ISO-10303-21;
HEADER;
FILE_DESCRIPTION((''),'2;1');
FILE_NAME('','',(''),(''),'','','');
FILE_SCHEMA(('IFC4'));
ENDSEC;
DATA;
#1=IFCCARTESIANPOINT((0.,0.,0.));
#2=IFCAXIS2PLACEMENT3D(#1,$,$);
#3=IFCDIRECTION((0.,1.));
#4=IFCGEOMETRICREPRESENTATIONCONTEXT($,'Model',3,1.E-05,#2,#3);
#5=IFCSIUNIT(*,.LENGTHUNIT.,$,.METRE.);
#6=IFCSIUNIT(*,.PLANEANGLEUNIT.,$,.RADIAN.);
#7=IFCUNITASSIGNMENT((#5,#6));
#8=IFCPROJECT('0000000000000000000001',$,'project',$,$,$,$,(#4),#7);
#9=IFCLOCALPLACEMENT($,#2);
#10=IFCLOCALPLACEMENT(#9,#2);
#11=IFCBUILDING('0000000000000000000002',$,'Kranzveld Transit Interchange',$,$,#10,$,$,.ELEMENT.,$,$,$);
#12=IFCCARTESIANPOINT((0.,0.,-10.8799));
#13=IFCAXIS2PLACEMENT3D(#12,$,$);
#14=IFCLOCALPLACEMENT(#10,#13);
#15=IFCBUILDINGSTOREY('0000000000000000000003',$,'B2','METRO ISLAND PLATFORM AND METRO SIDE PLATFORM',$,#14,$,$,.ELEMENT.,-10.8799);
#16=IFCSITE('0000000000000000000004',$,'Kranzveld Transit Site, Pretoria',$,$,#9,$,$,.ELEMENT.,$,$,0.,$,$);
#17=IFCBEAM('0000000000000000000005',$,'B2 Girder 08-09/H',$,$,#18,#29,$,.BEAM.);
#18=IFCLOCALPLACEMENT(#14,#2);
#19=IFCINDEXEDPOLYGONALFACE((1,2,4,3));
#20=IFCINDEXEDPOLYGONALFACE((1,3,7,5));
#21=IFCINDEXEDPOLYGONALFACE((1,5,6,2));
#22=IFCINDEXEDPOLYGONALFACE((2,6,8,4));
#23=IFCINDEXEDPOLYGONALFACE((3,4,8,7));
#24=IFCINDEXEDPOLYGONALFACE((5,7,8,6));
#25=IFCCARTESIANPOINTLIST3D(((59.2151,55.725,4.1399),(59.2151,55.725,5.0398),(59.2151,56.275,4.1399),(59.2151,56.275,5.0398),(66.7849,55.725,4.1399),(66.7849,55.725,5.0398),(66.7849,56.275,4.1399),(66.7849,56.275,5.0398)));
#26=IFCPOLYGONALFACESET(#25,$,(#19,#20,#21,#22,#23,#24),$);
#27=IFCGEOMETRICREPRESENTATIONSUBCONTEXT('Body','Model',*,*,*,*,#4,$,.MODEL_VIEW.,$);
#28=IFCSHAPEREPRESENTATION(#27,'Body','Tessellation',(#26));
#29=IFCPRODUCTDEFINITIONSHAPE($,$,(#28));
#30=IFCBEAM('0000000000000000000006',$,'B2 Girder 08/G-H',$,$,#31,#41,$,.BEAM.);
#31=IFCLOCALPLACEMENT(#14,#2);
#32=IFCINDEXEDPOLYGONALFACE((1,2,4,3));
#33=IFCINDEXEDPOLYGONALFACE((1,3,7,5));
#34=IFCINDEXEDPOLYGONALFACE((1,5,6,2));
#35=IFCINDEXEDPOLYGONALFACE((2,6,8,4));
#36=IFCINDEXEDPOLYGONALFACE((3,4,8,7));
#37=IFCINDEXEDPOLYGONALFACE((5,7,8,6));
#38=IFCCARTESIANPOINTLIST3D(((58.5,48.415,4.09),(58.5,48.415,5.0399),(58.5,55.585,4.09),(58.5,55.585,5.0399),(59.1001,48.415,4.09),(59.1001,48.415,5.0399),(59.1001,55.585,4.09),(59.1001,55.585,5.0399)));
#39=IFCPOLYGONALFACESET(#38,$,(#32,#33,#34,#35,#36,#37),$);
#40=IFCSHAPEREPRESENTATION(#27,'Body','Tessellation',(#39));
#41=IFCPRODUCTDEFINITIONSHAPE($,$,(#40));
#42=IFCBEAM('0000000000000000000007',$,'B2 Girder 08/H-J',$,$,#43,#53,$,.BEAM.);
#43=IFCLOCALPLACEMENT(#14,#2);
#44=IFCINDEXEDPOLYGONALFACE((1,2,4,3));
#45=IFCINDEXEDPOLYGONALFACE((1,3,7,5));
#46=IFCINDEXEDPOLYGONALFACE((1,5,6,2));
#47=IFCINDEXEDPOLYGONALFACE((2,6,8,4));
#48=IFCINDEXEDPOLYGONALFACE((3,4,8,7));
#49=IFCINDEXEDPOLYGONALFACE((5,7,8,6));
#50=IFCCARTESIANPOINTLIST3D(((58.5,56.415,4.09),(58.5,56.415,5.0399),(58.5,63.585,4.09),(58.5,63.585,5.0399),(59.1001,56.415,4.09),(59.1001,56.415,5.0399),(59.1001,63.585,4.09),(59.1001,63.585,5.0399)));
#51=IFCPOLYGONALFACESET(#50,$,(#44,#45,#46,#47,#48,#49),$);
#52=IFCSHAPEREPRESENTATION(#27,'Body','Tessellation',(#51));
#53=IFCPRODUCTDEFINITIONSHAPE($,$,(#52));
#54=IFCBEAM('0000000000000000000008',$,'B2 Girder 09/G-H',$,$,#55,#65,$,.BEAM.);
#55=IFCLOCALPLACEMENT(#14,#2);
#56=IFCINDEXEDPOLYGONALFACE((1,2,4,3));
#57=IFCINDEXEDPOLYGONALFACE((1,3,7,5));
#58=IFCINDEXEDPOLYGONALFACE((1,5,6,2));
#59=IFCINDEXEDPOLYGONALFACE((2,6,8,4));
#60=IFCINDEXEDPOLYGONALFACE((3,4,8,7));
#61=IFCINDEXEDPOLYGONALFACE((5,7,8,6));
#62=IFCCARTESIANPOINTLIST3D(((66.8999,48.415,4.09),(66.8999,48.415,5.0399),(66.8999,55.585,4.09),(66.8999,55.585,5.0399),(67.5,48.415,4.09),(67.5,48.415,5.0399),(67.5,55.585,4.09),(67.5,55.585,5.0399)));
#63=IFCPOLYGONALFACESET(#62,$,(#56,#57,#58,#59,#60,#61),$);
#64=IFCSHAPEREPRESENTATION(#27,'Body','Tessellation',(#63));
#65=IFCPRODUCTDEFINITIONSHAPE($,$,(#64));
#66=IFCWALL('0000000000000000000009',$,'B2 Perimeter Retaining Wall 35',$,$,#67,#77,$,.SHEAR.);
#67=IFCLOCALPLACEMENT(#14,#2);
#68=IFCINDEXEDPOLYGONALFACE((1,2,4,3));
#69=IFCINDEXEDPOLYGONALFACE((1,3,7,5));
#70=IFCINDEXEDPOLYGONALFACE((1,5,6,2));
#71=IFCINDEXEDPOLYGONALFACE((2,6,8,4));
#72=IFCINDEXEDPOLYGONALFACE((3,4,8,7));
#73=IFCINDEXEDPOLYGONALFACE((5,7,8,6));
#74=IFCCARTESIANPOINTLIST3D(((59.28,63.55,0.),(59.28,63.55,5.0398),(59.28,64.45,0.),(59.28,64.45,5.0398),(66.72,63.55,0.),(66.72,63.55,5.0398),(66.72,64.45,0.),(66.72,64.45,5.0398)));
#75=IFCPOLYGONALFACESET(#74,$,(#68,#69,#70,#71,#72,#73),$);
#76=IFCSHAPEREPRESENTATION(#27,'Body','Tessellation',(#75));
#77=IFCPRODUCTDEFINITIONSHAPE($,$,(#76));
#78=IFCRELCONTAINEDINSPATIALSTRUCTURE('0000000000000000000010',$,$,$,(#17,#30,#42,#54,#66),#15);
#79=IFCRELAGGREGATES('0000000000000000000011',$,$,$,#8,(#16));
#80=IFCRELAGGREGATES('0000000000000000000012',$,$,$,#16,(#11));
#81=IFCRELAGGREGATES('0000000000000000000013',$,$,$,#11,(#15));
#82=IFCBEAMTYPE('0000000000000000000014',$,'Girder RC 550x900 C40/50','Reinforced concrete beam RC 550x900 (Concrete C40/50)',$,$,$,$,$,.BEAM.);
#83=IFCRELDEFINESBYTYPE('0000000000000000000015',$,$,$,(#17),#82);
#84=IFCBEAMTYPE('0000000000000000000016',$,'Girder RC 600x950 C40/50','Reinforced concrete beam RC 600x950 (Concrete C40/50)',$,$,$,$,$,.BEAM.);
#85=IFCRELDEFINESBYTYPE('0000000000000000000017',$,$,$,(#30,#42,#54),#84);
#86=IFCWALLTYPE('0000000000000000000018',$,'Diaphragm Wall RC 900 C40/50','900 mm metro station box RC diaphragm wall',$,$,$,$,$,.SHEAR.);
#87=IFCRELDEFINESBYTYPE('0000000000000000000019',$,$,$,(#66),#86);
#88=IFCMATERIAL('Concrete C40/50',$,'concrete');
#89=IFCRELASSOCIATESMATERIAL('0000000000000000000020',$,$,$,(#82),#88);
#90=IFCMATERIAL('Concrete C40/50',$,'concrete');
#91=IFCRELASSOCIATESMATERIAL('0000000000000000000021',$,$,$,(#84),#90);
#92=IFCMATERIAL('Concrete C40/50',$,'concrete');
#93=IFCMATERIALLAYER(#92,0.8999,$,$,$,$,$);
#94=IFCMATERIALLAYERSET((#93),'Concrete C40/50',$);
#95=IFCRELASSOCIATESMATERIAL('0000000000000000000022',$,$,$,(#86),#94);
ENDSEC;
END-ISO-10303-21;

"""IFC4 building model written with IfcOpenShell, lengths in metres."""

from ifc_helpers import new_model, si_unit, direction, frame, frame_2d, origin, origin_2d, place, context, subcontext, project, spatial, rectangle, extrude, material, layer, layer_set, material_profile, profile_set, type_object, element, save


model = new_model("IFC4")

# Units and contexts
model_context = context("Model", 3, precision=1e-05, world=origin(), true_north=direction((0.0, 1.0)))
body_context = subcontext(model_context, "Body", "Model", "MODEL_VIEW")
ifc_project = project(units=[si_unit("LENGTHUNIT", "METRE"), si_unit("PLANEANGLEUNIT", "RADIAN")], contexts=[model_context])

# Site, building, storey
site_placement = place(None, origin())
site = spatial("IfcSite", under=ifc_project, at=site_placement, Name="Kranzveld Transit Site, Pretoria", CompositionType="ELEMENT", RefElevation=0.0)
building_placement = place(site_placement, origin())
building = spatial("IfcBuilding", under=site, at=building_placement, Name="Kranzveld Transit Interchange", CompositionType="ELEMENT")
storey_placement = place(building_placement, frame((0.0, 0.0, -10.8799)))
storey = spatial("IfcBuildingStorey", under=building, at=storey_placement, Name="B2", Description="METRO ISLAND PLATFORM AND METRO SIDE PLATFORM", CompositionType="ELEMENT", Elevation=-10.8799)

# Beams
ifc_material_1 = material(Name="Concrete C40/50", Category="concrete")
ifc_material_profile_1 = material_profile(ifc_material_1, rectangle(XDim=0.55, YDim=0.8999, at=origin_2d()), Name="RC 550x900")
ifc_profile_set_1 = profile_set([ifc_material_profile_1], Name="Concrete C40/50")
beam_type_1 = type_object("IfcBeamType", Name="Girder RC 550x900 C40/50", Description="Reinforced concrete beam RC 550x900 (Concrete C40/50)", PredefinedType="BEAM", material=ifc_profile_set_1)
beam_placement = place(storey_placement, frame((59.2151, 56.0, 4.5898), z_axis=(1.0, 0.0, 0.0), x_axis=(0.0, 1.0, 0.0)))
element("IfcBeam", 1, at=beam_placement, inside=storey, type_object=beam_type_1, Name="B2 Girder 08-09/H", PredefinedType="BEAM", context=body_context, shape_type="SweptSolid", body=[
    extrude(rectangle(XDim=0.55, YDim=0.8999, at=origin_2d()), origin(), (0.0, 0.0, 1.0), 7.5698),
])
ifc_material_2 = material(Name="Concrete C40/50", Category="concrete")
ifc_material_profile_2 = material_profile(ifc_material_2, rectangle(XDim=0.6001, YDim=0.95, at=origin_2d()), Name="RC 600x950")
ifc_profile_set_2 = profile_set([ifc_material_profile_2], Name="Concrete C40/50")
beam_type_2 = type_object("IfcBeamType", Name="Girder RC 600x950 C40/50", Description="Reinforced concrete beam RC 600x950 (Concrete C40/50)", PredefinedType="BEAM", material=ifc_profile_set_2)
for number, where, z_axis, x_axis, name in (
    (2, (58.8, 48.415, 4.5649), (0.0, 1.0, 0.0), (-1.0, 0.0, 0.0), "B2 Girder 08/G-H"),
    (3, (58.8, 56.415, 4.5649), (0.0, 1.0, 0.0), (-1.0, 0.0, 0.0), "B2 Girder 08/H-J"),
    (4, (67.2, 48.415, 4.5649), (0.0, 1.0, 0.0), (-1.0, 0.0, 0.0), "B2 Girder 09/G-H"),
):
    element("IfcBeam", number, at=place(storey_placement, frame(where, z_axis=z_axis, x_axis=x_axis)), inside=storey, type_object=beam_type_2, Name=name, PredefinedType="BEAM", context=body_context, shape_type="SweptSolid", body=[
        extrude(rectangle(XDim=0.6001, YDim=0.95, at=origin_2d()), origin(), (0.0, 0.0, 1.0), 7.1699),
    ])

# Wall
ifc_material_3 = material(Name="Concrete C40/50", Category="concrete")
ifc_layer = layer(ifc_material_3, 0.8999)
ifc_layer_set = layer_set([ifc_layer], Name="Concrete C40/50")
wall_type = type_object("IfcWallType", Name="Diaphragm Wall RC 900 C40/50", Description="900 mm metro station box RC diaphragm wall", PredefinedType="SHEAR", material=ifc_layer_set)
wall_placement = place(storey_placement, frame((59.28, 64.0, 0.0), z_axis=(0.0, 0.0, 1.0), x_axis=(1.0, 0.0, 0.0)))
element("IfcWall", 5, at=wall_placement, inside=storey, type_object=wall_type, Name="B2 Perimeter Retaining Wall 35", PredefinedType="SHEAR", context=body_context, shape_type="SweptSolid", body=[
    extrude(rectangle(XDim=7.4399, YDim=0.8999, at=frame_2d((3.72, 0.0))), origin(), (0.0, 0.0, 1.0), 5.0398),
])

save(model, "model.ifc")
